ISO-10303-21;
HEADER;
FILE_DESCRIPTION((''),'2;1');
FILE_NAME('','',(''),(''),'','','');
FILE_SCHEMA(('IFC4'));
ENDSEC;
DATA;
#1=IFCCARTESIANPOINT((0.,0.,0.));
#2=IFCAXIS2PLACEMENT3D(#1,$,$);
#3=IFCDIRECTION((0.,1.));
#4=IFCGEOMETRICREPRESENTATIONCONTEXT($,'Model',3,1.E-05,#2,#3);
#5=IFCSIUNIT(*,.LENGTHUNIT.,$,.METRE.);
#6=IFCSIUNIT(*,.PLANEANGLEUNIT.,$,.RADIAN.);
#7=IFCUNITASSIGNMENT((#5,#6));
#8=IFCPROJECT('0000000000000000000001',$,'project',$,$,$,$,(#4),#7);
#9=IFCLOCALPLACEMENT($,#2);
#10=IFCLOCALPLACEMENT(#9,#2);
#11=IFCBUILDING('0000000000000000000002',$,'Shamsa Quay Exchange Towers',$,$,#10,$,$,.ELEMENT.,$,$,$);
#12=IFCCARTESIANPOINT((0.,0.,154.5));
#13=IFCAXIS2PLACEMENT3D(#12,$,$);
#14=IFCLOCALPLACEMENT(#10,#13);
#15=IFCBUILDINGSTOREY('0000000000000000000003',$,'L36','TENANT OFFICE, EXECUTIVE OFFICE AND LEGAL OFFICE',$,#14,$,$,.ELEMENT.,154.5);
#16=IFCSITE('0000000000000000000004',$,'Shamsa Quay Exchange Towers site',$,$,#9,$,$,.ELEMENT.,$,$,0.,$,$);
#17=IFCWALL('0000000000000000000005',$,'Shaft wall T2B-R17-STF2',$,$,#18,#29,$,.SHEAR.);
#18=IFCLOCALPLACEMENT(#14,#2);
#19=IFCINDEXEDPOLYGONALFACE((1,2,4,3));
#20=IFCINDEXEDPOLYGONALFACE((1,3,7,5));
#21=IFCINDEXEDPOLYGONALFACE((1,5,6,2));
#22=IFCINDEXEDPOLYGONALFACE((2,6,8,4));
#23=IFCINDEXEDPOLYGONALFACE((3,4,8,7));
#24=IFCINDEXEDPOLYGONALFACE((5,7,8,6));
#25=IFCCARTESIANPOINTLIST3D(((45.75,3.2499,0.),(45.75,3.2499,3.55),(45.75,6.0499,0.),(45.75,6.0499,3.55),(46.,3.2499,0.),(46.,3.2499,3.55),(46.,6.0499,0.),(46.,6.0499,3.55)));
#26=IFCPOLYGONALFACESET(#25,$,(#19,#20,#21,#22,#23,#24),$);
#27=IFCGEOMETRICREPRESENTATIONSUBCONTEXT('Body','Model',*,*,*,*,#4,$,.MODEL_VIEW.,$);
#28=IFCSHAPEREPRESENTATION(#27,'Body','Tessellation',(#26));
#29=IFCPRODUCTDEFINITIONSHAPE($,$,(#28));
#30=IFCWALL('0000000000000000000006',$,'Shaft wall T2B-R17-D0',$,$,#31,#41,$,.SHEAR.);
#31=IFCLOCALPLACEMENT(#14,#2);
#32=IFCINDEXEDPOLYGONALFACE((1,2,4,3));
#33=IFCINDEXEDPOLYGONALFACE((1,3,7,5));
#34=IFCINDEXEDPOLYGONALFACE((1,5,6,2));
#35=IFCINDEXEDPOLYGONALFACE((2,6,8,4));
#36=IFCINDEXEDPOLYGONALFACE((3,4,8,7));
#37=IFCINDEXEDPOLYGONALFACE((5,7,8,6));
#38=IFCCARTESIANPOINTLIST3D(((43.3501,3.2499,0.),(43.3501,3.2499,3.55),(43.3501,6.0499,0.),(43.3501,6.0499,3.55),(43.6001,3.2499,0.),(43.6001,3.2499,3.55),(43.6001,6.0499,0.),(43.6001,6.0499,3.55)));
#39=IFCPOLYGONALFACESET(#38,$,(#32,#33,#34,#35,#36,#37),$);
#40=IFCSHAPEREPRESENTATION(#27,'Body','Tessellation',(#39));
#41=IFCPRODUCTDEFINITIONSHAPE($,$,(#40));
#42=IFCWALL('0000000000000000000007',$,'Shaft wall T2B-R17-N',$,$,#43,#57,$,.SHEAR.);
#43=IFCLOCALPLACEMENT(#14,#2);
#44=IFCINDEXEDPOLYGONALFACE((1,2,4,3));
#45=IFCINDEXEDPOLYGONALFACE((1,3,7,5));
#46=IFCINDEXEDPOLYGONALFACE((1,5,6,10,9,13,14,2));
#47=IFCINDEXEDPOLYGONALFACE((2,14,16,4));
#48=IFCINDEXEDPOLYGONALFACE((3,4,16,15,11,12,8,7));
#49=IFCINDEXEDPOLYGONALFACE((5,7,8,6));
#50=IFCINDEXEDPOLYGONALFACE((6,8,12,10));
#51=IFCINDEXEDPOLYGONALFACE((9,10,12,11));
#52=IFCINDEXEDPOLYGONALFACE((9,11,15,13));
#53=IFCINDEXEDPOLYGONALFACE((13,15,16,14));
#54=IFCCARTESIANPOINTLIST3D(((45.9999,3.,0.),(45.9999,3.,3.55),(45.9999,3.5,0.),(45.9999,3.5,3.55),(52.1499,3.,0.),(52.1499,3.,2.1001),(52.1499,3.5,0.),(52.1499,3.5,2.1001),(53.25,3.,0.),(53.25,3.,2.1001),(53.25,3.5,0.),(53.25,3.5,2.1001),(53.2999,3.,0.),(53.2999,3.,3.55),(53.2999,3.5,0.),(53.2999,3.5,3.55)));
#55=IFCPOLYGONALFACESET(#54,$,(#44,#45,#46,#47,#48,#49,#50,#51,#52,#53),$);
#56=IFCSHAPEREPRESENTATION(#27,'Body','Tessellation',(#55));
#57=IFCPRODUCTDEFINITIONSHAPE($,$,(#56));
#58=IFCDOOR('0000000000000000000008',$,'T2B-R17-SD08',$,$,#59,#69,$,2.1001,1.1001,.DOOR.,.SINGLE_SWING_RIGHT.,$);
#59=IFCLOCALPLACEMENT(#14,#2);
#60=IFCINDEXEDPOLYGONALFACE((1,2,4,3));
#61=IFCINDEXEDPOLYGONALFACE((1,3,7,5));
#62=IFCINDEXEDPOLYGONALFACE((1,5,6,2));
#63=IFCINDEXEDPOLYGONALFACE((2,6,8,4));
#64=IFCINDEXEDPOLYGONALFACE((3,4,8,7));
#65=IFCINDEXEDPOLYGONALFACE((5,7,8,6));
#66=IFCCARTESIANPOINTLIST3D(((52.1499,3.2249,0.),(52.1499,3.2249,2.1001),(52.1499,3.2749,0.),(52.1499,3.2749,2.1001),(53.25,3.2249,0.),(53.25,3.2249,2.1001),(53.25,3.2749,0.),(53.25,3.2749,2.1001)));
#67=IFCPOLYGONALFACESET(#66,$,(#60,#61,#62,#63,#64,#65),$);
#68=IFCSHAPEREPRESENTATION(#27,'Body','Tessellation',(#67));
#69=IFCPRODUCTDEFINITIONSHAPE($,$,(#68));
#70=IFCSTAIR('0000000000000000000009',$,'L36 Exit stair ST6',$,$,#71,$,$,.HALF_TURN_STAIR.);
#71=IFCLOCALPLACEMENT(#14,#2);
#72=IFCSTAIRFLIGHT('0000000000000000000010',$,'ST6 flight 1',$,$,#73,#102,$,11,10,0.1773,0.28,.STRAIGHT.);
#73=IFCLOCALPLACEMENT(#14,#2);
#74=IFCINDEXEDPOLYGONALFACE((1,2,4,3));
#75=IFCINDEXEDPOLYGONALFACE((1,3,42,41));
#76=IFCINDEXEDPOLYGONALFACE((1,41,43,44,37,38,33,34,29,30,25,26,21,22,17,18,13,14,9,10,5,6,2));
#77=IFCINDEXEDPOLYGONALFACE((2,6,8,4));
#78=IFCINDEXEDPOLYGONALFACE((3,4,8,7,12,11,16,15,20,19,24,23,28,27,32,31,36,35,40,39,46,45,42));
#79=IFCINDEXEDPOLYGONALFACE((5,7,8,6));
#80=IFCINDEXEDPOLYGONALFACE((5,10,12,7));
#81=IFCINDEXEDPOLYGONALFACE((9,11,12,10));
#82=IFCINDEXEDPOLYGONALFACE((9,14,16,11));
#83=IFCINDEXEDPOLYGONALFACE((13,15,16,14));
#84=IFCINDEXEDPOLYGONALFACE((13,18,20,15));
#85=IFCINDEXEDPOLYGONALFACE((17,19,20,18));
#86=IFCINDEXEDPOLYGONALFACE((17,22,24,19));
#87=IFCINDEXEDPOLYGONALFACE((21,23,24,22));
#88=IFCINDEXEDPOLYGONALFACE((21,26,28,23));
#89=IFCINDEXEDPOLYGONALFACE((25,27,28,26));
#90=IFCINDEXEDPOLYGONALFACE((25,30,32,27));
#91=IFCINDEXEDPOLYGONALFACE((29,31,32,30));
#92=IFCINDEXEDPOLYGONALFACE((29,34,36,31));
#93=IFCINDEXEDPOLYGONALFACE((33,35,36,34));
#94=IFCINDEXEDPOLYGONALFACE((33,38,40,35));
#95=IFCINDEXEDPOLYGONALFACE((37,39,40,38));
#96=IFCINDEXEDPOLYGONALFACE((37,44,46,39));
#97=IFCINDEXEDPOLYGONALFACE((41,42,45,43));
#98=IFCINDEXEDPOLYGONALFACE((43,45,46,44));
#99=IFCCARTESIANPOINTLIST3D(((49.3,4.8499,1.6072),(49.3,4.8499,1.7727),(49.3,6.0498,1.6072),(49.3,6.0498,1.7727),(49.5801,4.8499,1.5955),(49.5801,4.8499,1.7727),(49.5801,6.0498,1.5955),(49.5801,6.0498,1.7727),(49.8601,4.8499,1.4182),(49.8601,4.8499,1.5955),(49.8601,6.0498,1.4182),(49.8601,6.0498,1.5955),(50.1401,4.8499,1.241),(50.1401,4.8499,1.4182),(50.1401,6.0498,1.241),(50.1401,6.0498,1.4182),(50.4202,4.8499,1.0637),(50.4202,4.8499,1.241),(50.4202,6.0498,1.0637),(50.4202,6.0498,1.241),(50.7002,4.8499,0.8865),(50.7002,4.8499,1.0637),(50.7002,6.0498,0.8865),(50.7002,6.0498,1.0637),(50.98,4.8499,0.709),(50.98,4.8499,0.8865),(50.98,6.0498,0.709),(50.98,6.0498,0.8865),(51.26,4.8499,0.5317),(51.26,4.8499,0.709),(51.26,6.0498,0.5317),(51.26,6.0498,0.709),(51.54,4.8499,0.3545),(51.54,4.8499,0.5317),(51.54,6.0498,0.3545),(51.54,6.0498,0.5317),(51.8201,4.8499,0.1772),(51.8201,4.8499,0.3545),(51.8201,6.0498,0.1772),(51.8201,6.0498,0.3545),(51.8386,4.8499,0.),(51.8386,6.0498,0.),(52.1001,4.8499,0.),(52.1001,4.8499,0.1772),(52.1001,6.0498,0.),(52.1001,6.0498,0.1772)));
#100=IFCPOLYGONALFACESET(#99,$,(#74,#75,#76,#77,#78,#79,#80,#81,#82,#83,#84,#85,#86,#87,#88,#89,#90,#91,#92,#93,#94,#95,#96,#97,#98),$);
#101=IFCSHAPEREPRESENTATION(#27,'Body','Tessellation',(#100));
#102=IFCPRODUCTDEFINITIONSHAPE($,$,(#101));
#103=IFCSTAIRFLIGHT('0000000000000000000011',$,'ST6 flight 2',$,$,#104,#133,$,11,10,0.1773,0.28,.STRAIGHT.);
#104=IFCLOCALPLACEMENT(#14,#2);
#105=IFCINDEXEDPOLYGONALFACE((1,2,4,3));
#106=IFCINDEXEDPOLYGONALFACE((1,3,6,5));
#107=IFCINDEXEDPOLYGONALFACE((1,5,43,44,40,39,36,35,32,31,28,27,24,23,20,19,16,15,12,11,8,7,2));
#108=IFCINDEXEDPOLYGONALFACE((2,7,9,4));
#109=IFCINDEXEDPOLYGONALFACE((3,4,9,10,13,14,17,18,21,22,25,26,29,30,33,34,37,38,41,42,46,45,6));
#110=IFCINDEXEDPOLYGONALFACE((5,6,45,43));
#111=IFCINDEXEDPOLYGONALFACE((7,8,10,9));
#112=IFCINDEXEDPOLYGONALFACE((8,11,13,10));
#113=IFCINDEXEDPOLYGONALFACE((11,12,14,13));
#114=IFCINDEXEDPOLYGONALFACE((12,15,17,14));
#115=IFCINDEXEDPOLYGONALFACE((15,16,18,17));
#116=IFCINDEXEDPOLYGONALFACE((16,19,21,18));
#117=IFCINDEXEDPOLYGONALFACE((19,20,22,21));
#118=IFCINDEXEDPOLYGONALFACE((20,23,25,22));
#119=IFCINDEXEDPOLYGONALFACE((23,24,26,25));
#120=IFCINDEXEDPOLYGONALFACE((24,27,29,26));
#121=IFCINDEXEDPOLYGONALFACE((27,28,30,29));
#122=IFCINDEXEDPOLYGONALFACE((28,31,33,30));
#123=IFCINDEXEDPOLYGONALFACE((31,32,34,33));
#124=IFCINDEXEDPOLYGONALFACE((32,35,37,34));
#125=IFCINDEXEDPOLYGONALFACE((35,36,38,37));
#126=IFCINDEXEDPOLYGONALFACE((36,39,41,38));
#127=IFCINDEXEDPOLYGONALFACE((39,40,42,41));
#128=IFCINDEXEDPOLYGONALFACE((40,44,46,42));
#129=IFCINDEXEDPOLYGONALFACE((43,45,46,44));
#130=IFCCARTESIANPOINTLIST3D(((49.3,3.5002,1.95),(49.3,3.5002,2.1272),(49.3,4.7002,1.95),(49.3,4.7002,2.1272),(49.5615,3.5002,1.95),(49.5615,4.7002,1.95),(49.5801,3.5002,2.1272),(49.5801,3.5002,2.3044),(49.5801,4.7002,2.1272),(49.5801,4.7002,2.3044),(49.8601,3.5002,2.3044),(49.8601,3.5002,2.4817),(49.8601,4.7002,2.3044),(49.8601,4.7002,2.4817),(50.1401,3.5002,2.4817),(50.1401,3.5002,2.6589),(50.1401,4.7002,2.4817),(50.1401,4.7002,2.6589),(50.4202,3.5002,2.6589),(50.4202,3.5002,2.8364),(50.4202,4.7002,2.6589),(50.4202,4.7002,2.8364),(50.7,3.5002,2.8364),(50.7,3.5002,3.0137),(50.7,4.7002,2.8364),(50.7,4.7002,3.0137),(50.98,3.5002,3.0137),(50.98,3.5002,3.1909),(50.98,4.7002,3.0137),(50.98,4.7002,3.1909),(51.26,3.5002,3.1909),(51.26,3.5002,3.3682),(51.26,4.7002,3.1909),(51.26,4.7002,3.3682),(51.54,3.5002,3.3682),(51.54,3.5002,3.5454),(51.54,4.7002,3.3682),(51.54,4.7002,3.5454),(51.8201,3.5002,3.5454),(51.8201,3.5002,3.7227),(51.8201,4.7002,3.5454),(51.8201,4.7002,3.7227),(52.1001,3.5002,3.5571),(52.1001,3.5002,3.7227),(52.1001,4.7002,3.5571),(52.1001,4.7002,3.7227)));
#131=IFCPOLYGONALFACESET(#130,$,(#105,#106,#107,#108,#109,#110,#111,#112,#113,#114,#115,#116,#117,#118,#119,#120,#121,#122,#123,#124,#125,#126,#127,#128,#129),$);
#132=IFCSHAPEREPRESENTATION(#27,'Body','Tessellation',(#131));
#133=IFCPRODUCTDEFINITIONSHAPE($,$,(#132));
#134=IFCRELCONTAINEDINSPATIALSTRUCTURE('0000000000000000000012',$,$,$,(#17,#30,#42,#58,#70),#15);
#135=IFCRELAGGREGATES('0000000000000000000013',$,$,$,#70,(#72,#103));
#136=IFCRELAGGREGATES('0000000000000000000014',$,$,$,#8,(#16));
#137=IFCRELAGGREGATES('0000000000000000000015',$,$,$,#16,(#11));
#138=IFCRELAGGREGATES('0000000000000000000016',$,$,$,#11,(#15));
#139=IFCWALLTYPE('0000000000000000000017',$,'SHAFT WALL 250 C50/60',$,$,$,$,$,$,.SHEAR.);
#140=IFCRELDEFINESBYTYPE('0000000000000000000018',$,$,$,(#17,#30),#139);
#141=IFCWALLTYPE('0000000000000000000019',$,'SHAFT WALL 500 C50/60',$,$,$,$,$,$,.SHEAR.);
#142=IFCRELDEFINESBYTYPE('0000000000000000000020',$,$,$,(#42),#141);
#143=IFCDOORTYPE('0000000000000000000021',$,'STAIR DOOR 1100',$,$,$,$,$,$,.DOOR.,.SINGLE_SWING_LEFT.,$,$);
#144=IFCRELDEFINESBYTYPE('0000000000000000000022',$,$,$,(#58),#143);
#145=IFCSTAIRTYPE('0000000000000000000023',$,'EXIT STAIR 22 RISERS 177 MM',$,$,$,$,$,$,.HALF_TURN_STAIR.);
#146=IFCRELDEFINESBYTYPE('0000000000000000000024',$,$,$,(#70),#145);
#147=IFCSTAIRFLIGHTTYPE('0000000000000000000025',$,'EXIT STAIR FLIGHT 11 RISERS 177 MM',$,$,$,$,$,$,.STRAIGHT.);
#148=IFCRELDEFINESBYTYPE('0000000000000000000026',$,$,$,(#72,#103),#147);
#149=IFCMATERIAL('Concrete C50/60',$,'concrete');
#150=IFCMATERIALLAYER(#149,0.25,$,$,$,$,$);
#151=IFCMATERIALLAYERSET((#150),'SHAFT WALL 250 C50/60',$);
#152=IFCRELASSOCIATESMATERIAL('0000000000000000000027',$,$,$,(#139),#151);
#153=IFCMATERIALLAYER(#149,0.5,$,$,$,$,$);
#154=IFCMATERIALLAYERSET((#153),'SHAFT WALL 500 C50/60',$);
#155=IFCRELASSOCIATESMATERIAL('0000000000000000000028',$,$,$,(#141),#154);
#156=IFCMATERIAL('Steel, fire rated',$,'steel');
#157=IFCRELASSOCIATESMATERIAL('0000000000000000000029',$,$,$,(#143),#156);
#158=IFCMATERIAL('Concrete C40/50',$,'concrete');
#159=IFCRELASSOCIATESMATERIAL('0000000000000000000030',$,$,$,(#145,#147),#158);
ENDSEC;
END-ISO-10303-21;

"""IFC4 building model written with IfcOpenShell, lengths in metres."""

from ifc_helpers import new_model, si_unit, direction, frame, frame_2d, origin, place, context, subcontext, project, spatial, polyline, rectangle, outline, extrude, material, layer, layer_set, type_object, element, fill, aggregate, save


model = new_model("IFC4")

# Units and contexts
model_context = context("Model", 3, precision=1e-05, world=origin(), true_north=direction((0.0, 1.0)))
body_context = subcontext(model_context, "Body", "Model", "MODEL_VIEW")
ifc_project = project(units=[si_unit("LENGTHUNIT", "METRE"), si_unit("PLANEANGLEUNIT", "RADIAN")], contexts=[model_context])

# Site, building, storey
site_placement = place(None, origin())
site = spatial("IfcSite", under=ifc_project, at=site_placement, Name="Shamsa Quay Exchange Towers site", CompositionType="ELEMENT", RefElevation=0.0)
building_placement = place(site_placement, origin())
building = spatial("IfcBuilding", under=site, at=building_placement, Name="Shamsa Quay Exchange Towers", CompositionType="ELEMENT")
storey_placement = place(building_placement, frame((0.0, 0.0, 154.5)))
storey = spatial("IfcBuildingStorey", under=building, at=storey_placement, Name="L36", Description="TENANT OFFICE, EXECUTIVE OFFICE AND LEGAL OFFICE", CompositionType="ELEMENT", Elevation=154.5)

# Walls
ifc_material_1 = material(Name="Concrete C50/60", Category="concrete")
ifc_layer_1 = layer(ifc_material_1, 0.25)
ifc_layer_set_1 = layer_set([ifc_layer_1], Name="SHAFT WALL 250 C50/60")
wall_type_1 = type_object("IfcWallType", Name="SHAFT WALL 250 C50/60", PredefinedType="SHEAR", material=ifc_layer_set_1)
for number, where, z_axis, x_axis, name in (
    (1, (45.875, 3.25, 0.0), (0.0, 0.0, 1.0), (0.0, 1.0, 0.0), "Shaft wall T2B-R17-STF2"),
    (2, (43.4751, 3.25, 0.0), (0.0, 0.0, 1.0), (0.0, 1.0, 0.0), "Shaft wall T2B-R17-D0"),
):
    element("IfcWall", number, at=place(storey_placement, frame(where, z_axis=z_axis, x_axis=x_axis)), inside=storey, type_object=wall_type_1, Name=name, PredefinedType="SHEAR", context=body_context, shape_type="SweptSolid", body=[
        extrude(rectangle(XDim=2.8, YDim=0.25, at=frame_2d((1.3999, 0.0))), origin(), (0.0, 0.0, 1.0), 3.55),
    ])

# Wall, opening, door
ifc_layer_2 = layer(ifc_material_1, 0.5)
ifc_layer_set_2 = layer_set([ifc_layer_2], Name="SHAFT WALL 500 C50/60")
wall_type_2 = type_object("IfcWallType", Name="SHAFT WALL 500 C50/60", PredefinedType="SHEAR", material=ifc_layer_set_2)
wall_1_placement = place(storey_placement, frame((46.0, 3.25, 0.0)))
wall_1 = element("IfcWall", 3, at=wall_1_placement, inside=storey, type_object=wall_type_2, Name="Shaft wall T2B-R17-N", PredefinedType="SHEAR", context=body_context, shape_type="SweptSolid", body=[
    extrude(rectangle(XDim=7.3, YDim=0.5, at=frame_2d((3.6499, 0.0))), origin(), (0.0, 0.0, 1.0), 3.55),
])
opening_placement = place(wall_1_placement, frame((6.1499, 0.0, 0.0)))
opening = element("IfcOpeningElement", 4, at=opening_placement, cuts=wall_1, PredefinedType="OPENING", context=body_context, shape_type="SweptSolid", body=[
    extrude(rectangle(XDim=1.1001, YDim=2.1001, at=frame_2d((0.55, 1.05))), frame((0.0, 0.26, 0.0), z_axis=(0.0, -1.0, 0.0), x_axis=(1.0, 0.0, 0.0)), (0.0, 0.0, 1.0), 0.52),
])
ifc_material_2 = material(Name="Steel, fire rated", Category="steel")
door_type = type_object("IfcDoorType", Name="STAIR DOOR 1100", OperationType="SINGLE_SWING_LEFT", PredefinedType="DOOR", material=ifc_material_2)
door_placement = place(opening_placement, origin())
door = element("IfcDoor", 5, at=door_placement, inside=storey, type_object=door_type, Name="T2B-R17-SD08", OperationType="SINGLE_SWING_RIGHT", OverallHeight=2.1001, OverallWidth=1.1001, PredefinedType="DOOR", context=body_context, shape_type="SweptSolid", body=[
    extrude(rectangle(XDim=1.1001, YDim=2.1001, at=frame_2d((0.55, 1.05))), frame((0.0, 0.0249, 0.0), z_axis=(0.0, -1.0, 0.0), x_axis=(1.0, 0.0, 0.0)), (0.0, 0.0, 1.0), 0.05),
])
fill(opening, door)

# Stair, stair flights
ifc_material_3 = material(Name="Concrete C40/50", Category="concrete")
stair_type = type_object("IfcStairType", Name="EXIT STAIR 22 RISERS 177 MM", PredefinedType="HALF_TURN_STAIR", material=ifc_material_3)
stair_placement = place(storey_placement, origin())
stair = element("IfcStair", 6, at=stair_placement, inside=storey, type_object=stair_type, Name="L36 Exit stair ST6", PredefinedType="HALF_TURN_STAIR")
stair_flight_type = type_object("IfcStairFlightType", Name="EXIT STAIR FLIGHT 11 RISERS 177 MM", PredefinedType="STRAIGHT", material=ifc_material_3)
stair_flight_1_placement = place(storey_placement, frame((52.1001, 5.45, 0.0), z_axis=(0.0, 0.0, 1.0), x_axis=(-1.0, 0.0, 0.0)))
stair_flight_1 = element("IfcStairFlight", 7, at=stair_flight_1_placement, type_object=stair_flight_type, Name="ST6 flight 1", NumberOfRisers=11, NumberOfTreads=10, PredefinedType="STRAIGHT", RiserHeight=0.1773, TreadLength=0.28, context=body_context, shape_type="SweptSolid", body=[
    extrude(outline(polyline([(0.0, 0.0), (0.0, 0.1772), (0.28, 0.1772), (0.28, 0.3545), (0.5601, 0.3545), (0.5601, 0.5317), (0.8401, 0.5317), (0.8401, 0.709), (1.1201, 0.709), (1.1201, 0.8865), (1.3999, 0.8865), (1.3999, 1.0637), (1.6799, 1.0637), (1.6799, 1.241), (1.96, 1.241), (1.96, 1.4182), (2.24, 1.4182), (2.24, 1.5955), (2.52, 1.5955), (2.52, 1.7727), (2.8, 1.7727), (2.8, 1.95), (2.8, 1.6072), (0.2615, 0.0), (0.0, 0.0)])), frame((0.0, 0.6001, 0.0), z_axis=(0.0, -1.0, 0.0), x_axis=(1.0, 0.0, 0.0)), (0.0, 0.0, 1.0), 1.2),
])
stair_flight_2_placement = place(storey_placement, frame((49.3, 4.1001, 1.95)))
stair_flight_2 = element("IfcStairFlight", 8, at=stair_flight_2_placement, type_object=stair_flight_type, Name="ST6 flight 2", NumberOfRisers=11, NumberOfTreads=10, PredefinedType="STRAIGHT", RiserHeight=0.1773, TreadLength=0.28, context=body_context, shape_type="SweptSolid", body=[
    extrude(outline(polyline([(0.0, 0.0), (0.0, 0.1772), (0.28, 0.1772), (0.28, 0.3545), (0.5601, 0.3545), (0.5601, 0.5317), (0.8401, 0.5317), (0.8401, 0.709), (1.1201, 0.709), (1.1201, 0.8865), (1.3999, 0.8865), (1.3999, 1.0637), (1.6799, 1.0637), (1.6799, 1.241), (1.96, 1.241), (1.96, 1.4182), (2.24, 1.4182), (2.24, 1.5955), (2.52, 1.5955), (2.52, 1.7727), (2.8, 1.7727), (2.8, 1.95), (2.8, 1.6072), (0.2615, 0.0), (0.0, 0.0)])), frame((0.0, 0.6001, 0.0), z_axis=(0.0, -1.0, 0.0), x_axis=(1.0, 0.0, 0.0)), (0.0, 0.0, 1.0), 1.2),
])
aggregate(stair, [stair_flight_1, stair_flight_2])

save(model, "model.ifc")
